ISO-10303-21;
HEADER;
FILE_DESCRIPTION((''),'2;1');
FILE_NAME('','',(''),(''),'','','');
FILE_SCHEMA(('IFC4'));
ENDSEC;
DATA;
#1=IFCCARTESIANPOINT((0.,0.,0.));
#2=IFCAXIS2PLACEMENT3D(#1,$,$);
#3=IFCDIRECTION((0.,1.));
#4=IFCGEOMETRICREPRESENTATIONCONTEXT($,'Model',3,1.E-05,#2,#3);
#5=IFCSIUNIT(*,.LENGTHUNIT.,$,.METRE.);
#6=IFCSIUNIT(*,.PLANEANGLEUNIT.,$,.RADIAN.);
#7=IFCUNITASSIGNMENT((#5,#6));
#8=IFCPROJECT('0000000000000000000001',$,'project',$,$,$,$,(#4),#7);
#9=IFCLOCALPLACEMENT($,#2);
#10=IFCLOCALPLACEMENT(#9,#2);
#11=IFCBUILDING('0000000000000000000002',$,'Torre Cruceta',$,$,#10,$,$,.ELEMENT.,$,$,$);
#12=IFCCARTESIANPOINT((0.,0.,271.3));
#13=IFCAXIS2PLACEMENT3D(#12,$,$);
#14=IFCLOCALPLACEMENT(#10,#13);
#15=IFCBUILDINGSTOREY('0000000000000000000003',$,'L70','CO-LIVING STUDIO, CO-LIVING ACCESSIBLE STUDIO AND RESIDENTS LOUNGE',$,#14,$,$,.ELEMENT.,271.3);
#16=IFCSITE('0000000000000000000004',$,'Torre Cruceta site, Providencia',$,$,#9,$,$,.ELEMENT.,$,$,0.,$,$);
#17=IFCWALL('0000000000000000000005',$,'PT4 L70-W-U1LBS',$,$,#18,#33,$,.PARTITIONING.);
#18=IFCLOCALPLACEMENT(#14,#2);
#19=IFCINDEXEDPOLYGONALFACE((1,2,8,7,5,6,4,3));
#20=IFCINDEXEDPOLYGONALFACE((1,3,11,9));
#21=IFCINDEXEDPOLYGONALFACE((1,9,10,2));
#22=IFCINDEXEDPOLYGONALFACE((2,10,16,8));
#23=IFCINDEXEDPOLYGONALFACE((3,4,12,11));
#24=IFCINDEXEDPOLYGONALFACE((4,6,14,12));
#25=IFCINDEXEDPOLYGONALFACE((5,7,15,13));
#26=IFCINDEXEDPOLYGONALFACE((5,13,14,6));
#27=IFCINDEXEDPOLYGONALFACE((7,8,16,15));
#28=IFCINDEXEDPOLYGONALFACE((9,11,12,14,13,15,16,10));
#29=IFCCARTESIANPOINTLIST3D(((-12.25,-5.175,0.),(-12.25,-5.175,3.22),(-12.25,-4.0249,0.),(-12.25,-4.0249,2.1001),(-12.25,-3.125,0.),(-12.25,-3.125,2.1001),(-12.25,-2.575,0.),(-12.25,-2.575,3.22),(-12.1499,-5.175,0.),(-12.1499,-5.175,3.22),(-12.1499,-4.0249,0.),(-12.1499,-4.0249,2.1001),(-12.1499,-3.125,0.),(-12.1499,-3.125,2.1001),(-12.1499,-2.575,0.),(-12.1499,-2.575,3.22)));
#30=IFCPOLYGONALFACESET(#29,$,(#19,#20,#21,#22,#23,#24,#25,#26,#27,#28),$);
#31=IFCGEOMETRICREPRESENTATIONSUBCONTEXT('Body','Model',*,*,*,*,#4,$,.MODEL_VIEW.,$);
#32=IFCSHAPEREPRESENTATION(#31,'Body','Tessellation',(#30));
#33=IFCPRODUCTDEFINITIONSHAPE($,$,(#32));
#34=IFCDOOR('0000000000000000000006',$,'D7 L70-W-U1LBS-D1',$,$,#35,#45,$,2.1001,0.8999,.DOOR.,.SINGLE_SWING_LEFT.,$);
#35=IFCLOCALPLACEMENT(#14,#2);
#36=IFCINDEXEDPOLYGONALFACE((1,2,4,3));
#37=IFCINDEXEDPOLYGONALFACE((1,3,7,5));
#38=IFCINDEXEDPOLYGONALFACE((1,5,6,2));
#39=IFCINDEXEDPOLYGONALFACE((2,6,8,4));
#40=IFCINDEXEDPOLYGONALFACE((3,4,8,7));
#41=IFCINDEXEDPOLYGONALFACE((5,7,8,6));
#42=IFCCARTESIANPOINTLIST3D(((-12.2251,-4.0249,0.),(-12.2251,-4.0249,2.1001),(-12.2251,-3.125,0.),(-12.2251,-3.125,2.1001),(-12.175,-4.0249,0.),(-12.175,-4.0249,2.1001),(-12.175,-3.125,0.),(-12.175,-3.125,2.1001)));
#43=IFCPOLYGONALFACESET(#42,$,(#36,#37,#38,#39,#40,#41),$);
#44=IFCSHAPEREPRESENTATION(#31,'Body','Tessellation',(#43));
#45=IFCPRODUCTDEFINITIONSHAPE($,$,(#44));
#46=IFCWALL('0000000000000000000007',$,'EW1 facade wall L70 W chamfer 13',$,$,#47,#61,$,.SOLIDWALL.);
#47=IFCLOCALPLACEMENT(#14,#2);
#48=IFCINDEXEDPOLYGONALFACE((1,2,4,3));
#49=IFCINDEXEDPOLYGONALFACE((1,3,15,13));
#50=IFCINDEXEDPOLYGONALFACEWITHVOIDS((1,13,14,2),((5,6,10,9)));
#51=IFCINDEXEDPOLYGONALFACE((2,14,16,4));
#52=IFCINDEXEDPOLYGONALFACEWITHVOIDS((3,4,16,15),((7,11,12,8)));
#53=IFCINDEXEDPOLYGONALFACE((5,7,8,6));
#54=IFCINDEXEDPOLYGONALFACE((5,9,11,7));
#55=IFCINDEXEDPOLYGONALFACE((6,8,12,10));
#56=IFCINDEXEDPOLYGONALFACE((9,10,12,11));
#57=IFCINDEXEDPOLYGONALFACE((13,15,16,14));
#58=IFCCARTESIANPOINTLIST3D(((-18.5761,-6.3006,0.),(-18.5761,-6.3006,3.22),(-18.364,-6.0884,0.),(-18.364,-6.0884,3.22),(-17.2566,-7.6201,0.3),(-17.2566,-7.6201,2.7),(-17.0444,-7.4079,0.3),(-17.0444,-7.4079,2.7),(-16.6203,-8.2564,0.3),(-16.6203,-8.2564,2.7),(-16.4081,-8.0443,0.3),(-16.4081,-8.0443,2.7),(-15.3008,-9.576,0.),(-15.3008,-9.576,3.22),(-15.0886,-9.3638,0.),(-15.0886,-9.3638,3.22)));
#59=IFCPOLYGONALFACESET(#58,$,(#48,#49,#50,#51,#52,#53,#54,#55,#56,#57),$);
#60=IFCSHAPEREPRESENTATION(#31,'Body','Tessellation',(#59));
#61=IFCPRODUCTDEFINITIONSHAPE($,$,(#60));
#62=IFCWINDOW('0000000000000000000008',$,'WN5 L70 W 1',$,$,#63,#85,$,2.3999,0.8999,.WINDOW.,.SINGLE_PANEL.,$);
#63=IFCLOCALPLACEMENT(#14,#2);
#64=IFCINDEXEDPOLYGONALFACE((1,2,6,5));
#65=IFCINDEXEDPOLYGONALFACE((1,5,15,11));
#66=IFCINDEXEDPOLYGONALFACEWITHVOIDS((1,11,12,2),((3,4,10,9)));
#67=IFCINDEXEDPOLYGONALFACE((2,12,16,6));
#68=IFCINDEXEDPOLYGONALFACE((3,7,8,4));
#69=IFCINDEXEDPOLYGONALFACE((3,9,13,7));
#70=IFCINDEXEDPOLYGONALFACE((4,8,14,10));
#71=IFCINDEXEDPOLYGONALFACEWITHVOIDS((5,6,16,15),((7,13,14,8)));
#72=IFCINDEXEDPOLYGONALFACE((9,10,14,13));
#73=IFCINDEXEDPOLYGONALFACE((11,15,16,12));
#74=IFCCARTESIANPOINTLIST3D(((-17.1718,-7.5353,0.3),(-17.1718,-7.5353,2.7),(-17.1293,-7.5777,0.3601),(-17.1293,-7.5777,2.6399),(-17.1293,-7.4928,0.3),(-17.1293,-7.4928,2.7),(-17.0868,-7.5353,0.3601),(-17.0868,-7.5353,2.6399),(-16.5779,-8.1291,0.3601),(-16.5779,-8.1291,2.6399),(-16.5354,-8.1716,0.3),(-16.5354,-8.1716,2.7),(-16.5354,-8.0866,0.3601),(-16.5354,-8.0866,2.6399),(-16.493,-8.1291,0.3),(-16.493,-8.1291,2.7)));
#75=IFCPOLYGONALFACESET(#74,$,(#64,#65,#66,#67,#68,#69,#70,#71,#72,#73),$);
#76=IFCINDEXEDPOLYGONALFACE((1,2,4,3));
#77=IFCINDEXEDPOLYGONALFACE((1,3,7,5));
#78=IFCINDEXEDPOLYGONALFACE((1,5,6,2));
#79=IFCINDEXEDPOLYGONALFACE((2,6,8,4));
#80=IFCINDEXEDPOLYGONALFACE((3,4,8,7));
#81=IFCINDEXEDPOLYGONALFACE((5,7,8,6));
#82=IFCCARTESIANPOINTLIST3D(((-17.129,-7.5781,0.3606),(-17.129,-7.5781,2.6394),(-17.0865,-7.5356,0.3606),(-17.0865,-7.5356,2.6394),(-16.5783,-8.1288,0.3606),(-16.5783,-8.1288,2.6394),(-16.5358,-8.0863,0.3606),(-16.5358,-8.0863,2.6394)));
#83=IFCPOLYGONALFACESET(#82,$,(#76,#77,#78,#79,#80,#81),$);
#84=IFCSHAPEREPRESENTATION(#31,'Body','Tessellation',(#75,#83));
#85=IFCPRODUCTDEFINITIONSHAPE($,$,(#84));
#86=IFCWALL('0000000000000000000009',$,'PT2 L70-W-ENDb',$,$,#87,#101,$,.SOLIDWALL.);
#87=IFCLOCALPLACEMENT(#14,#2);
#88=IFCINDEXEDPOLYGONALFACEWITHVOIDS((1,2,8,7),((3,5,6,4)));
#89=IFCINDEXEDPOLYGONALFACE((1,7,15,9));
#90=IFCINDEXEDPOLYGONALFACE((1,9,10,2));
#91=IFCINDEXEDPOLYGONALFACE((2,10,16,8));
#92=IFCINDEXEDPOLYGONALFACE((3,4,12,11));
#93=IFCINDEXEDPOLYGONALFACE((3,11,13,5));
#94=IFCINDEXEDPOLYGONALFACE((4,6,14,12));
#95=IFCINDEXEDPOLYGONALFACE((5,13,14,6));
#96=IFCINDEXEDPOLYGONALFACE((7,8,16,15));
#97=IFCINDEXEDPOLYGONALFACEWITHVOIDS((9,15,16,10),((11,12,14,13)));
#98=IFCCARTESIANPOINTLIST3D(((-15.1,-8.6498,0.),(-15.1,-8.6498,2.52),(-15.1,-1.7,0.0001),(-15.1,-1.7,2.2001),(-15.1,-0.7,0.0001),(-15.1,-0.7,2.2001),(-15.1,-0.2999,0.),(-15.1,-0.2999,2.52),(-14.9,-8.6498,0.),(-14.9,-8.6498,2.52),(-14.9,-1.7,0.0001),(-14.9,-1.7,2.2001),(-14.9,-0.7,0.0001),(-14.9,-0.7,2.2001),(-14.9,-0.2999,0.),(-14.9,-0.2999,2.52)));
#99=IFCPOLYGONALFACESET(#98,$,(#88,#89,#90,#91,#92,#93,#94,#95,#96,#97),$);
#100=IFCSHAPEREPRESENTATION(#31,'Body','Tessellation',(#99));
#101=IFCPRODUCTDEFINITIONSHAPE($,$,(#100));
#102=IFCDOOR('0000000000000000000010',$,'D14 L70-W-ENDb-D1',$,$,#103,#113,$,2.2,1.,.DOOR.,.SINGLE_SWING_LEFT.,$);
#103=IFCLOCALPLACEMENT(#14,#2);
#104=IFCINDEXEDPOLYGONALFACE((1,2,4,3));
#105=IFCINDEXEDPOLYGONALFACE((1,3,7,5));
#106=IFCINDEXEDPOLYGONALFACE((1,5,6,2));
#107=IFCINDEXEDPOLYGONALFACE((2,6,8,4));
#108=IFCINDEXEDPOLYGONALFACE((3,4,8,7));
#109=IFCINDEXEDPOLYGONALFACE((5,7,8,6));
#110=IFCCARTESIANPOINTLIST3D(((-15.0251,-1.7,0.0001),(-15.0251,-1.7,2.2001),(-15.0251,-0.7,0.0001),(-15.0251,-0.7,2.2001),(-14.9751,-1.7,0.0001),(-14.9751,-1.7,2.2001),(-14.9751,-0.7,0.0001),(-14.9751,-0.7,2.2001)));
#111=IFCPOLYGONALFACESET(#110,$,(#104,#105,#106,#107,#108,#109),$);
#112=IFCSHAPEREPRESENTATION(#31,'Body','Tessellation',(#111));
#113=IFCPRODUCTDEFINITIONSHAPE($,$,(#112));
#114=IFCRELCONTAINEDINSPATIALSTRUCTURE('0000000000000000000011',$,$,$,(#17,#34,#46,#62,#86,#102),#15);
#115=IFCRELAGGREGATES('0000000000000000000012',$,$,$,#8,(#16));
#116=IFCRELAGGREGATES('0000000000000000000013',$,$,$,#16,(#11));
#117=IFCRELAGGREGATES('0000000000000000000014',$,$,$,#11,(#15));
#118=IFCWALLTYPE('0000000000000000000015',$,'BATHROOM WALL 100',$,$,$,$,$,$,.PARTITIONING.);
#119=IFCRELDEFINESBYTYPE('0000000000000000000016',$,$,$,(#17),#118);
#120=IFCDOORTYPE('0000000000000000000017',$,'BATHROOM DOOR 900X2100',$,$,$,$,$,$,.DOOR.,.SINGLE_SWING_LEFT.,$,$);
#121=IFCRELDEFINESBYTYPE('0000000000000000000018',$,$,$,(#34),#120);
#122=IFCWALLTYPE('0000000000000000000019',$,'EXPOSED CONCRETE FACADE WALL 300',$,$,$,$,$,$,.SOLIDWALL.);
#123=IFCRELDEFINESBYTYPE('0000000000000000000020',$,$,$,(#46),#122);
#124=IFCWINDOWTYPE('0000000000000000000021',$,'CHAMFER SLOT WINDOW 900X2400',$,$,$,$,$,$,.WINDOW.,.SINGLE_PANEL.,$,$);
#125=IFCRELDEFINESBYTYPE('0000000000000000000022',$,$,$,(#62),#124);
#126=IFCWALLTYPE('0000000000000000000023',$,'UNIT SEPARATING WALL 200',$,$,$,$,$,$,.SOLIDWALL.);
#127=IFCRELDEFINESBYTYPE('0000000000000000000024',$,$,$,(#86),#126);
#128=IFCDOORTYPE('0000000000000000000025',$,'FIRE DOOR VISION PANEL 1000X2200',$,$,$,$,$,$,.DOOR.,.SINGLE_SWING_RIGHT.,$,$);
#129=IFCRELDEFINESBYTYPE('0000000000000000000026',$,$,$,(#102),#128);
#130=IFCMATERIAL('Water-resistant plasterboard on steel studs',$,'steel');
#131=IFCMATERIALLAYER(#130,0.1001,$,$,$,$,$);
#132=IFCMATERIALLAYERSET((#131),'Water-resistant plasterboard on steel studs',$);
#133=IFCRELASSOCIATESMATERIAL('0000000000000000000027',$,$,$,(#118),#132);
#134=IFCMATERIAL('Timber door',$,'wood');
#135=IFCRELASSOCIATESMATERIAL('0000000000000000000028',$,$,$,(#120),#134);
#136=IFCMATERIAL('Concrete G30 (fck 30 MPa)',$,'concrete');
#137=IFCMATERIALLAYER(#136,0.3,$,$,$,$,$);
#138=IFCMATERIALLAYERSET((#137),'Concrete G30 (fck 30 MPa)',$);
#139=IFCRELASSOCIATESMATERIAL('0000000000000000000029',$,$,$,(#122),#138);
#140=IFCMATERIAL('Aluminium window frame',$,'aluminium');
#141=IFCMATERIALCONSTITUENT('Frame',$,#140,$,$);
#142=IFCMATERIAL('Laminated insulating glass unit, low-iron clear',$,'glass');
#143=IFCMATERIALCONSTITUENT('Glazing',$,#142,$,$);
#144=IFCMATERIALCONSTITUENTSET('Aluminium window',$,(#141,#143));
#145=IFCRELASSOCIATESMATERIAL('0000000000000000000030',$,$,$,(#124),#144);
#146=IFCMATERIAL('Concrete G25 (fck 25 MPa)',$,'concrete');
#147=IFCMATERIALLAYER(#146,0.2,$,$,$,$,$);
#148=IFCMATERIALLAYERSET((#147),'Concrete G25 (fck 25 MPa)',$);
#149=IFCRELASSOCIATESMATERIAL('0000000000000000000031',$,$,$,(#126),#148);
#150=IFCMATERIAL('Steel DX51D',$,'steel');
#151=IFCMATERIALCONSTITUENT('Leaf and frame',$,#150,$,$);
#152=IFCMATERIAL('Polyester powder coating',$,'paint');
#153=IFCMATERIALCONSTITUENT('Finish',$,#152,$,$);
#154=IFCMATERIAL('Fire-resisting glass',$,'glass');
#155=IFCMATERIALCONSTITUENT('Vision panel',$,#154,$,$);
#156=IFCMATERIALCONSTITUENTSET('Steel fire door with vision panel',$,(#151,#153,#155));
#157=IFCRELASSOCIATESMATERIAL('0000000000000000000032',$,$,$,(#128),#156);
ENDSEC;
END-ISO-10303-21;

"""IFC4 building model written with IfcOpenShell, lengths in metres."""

from ifc_helpers import new_model, si_unit, direction, frame, frame_2d, origin, place, context, subcontext, project, spatial, rectangle, hollow_rectangle, extrude, material, layer, layer_set, constituent, constituent_set, type_object, element, fill, save


model = new_model("IFC4")

# Units and contexts
model_context = context("Model", 3, precision=1e-05, world=origin(), true_north=direction((0.0, 1.0)))
body_context = subcontext(model_context, "Body", "Model", "MODEL_VIEW")
ifc_project = project(units=[si_unit("LENGTHUNIT", "METRE"), si_unit("PLANEANGLEUNIT", "RADIAN")], contexts=[model_context])

# Site, building, storey
site_placement = place(None, origin())
site = spatial("IfcSite", under=ifc_project, at=site_placement, Name="Torre Cruceta site, Providencia", CompositionType="ELEMENT", RefElevation=0.0)
building_placement = place(site_placement, origin())
building = spatial("IfcBuilding", under=site, at=building_placement, Name="Torre Cruceta", CompositionType="ELEMENT")
storey_placement = place(building_placement, frame((0.0, 0.0, 271.3)))
storey = spatial("IfcBuildingStorey", under=building, at=storey_placement, Name="L70", Description="CO-LIVING STUDIO, CO-LIVING ACCESSIBLE STUDIO AND RESIDENTS LOUNGE", CompositionType="ELEMENT", Elevation=271.3)

# Shared definitions
ifc_material_1 = material(Name="Water-resistant plasterboard on steel studs", Category="steel")
ifc_layer_1 = layer(ifc_material_1, 0.1001)
ifc_layer_set_1 = layer_set([ifc_layer_1], Name="Water-resistant plasterboard on steel studs")
wall_type_1 = type_object("IfcWallType", Name="BATHROOM WALL 100", PredefinedType="PARTITIONING", material=ifc_layer_set_1)

# Wall, opening, door
wall_1_placement = place(storey_placement, frame((-12.2, -2.575, 0.0), z_axis=(0.0, 0.0, 1.0), x_axis=(0.0, -1.0, 0.0)))
wall_1 = element("IfcWall", 1, at=wall_1_placement, inside=storey, type_object=wall_type_1, Name="PT4 L70-W-U1LBS", PredefinedType="PARTITIONING", context=body_context, shape_type="SweptSolid", body=[
    extrude(rectangle(XDim=2.6001, YDim=0.1001, at=frame_2d((1.3, 0.0))), origin(), (0.0, 0.0, 1.0), 3.22),
])
opening_1_placement = place(wall_1_placement, frame((0.55, 0.0, 0.0)))
opening_1 = element("IfcOpeningElement", 2, at=opening_1_placement, cuts=wall_1, PredefinedType="OPENING", context=body_context, shape_type="SweptSolid", body=[
    extrude(rectangle(XDim=0.8999, YDim=2.1001, at=frame_2d((0.45, 1.05))), frame((0.0, 0.0601, 0.0), z_axis=(0.0, -1.0, 0.0), x_axis=(1.0, 0.0, 0.0)), (0.0, 0.0, 1.0), 0.1201),
])
ifc_material_2 = material(Name="Timber door", Category="wood")
door_type_1 = type_object("IfcDoorType", Name="BATHROOM DOOR 900X2100", OperationType="SINGLE_SWING_LEFT", PredefinedType="DOOR", material=ifc_material_2)
door_1_placement = place(opening_1_placement, origin())
door_1 = element("IfcDoor", 3, at=door_1_placement, inside=storey, type_object=door_type_1, Name="D7 L70-W-U1LBS-D1", OperationType="SINGLE_SWING_LEFT", OverallHeight=2.1001, OverallWidth=0.8999, PredefinedType="DOOR", context=body_context, shape_type="SweptSolid", body=[
    extrude(rectangle(XDim=0.8999, YDim=2.1001, at=frame_2d((0.45, 1.05))), frame((0.0, 0.0249, 0.0), z_axis=(0.0, -1.0, 0.0), x_axis=(1.0, 0.0, 0.0)), (0.0, 0.0, 1.0), 0.05),
])
fill(opening_1, door_1)

# Wall, opening, window
ifc_material_3 = material(Name="Concrete G30 (fck 30 MPa)", Category="concrete")
ifc_layer_2 = layer(ifc_material_3, 0.3)
ifc_layer_set_2 = layer_set([ifc_layer_2], Name="Concrete G30 (fck 30 MPa)")
wall_type_2 = type_object("IfcWallType", Name="EXPOSED CONCRETE FACADE WALL 300", PredefinedType="SOLIDWALL", material=ifc_layer_set_2)
wall_2_placement = place(storey_placement, frame((-18.47, -6.1946, 0.0), z_axis=(0.0, 0.0, 1.0), x_axis=(0.707107, -0.707107, 0.0)))
wall_2 = element("IfcWall", 4, at=wall_2_placement, inside=storey, type_object=wall_type_2, Name="EW1 facade wall L70 W chamfer 13", PredefinedType="SOLIDWALL", context=body_context, shape_type="SweptSolid", body=[
    extrude(rectangle(XDim=4.6321, YDim=0.3, at=frame_2d((2.3159, 0.0))), origin(), (0.0, 0.0, 1.0), 3.22),
])
opening_2_placement = place(wall_2_placement, frame((1.866, 0.0, 0.3)))
opening_2 = element("IfcOpeningElement", 5, at=opening_2_placement, cuts=wall_2, PredefinedType="OPENING", context=body_context, shape_type="SweptSolid", body=[
    extrude(rectangle(XDim=0.8999, YDim=2.3999, at=frame_2d((0.45, 1.2))), frame((0.0, 0.1599, 0.0), z_axis=(0.0, -1.0, 0.0), x_axis=(1.0, 0.0, 0.0)), (0.0, 0.0, 1.0), 0.3201),
])
ifc_material_4 = material(Name="Aluminium window frame", Category="aluminium")
ifc_constituent_1 = constituent(ifc_material_4, Name="Frame")
ifc_material_5 = material(Name="Laminated insulating glass unit, low-iron clear", Category="glass")
ifc_constituent_2 = constituent(ifc_material_5, Name="Glazing")
ifc_constituent_set_1 = constituent_set(constituents=[ifc_constituent_1, ifc_constituent_2], Name="Aluminium window")
window_type = type_object("IfcWindowType", Name="CHAMFER SLOT WINDOW 900X2400", PartitioningType="SINGLE_PANEL", PredefinedType="WINDOW", material=ifc_constituent_set_1)
window_placement = place(opening_2_placement, origin())
window = element("IfcWindow", 6, at=window_placement, inside=storey, type_object=window_type, Name="WN5 L70 W 1", OverallHeight=2.3999, OverallWidth=0.8999, PartitioningType="SINGLE_PANEL", PredefinedType="WINDOW", context=body_context, shape_type="SweptSolid", body=[
    extrude(hollow_rectangle(XDim=0.8999, YDim=2.3999, WallThickness=0.0601, at=frame_2d((0.45, 1.2))), frame((0.0, 0.03, 0.0), z_axis=(0.0, -1.0, 0.0), x_axis=(1.0, 0.0, 0.0)), (0.0, 0.0, 1.0), 0.0601),
    extrude(rectangle(XDim=0.7788, YDim=2.2788, at=frame_2d((0.45, 1.2))), frame((0.0, 0.03, 0.0), z_axis=(0.0, -1.0, 0.0), x_axis=(1.0, 0.0, 0.0)), (0.0, 0.0, 1.0), 0.0601),
])
fill(opening_2, window)

# Wall, opening, door
ifc_material_6 = material(Name="Concrete G25 (fck 25 MPa)", Category="concrete")
ifc_layer_3 = layer(ifc_material_6, 0.2)
ifc_layer_set_3 = layer_set([ifc_layer_3], Name="Concrete G25 (fck 25 MPa)")
wall_type_3 = type_object("IfcWallType", Name="UNIT SEPARATING WALL 200", PredefinedType="SOLIDWALL", material=ifc_layer_set_3)
wall_3_placement = place(storey_placement, frame((-15.0, -0.3, 0.0), z_axis=(0.0, 0.0, 1.0), x_axis=(0.0, -1.0, 0.0)))
wall_3 = element("IfcWall", 7, at=wall_3_placement, inside=storey, type_object=wall_type_3, Name="PT2 L70-W-ENDb", PredefinedType="SOLIDWALL", context=body_context, shape_type="SweptSolid", body=[
    extrude(rectangle(XDim=8.3499, YDim=0.2, at=frame_2d((4.1748, 0.0))), origin(), (0.0, 0.0, 1.0), 2.52),
])
opening_3_placement = place(wall_3_placement, frame((0.3999, 0.0, 0.0)))
opening_3 = element("IfcOpeningElement", 8, at=opening_3_placement, cuts=wall_3, PredefinedType="OPENING", context=body_context, shape_type="SweptSolid", body=[
    extrude(rectangle(XDim=1.0, YDim=2.2, at=frame_2d((0.5, 1.1001))), frame((0.0, 0.1099, 0.0), z_axis=(0.0, -1.0, 0.0), x_axis=(1.0, 0.0, 0.0)), (0.0, 0.0, 1.0), 0.22),
])
ifc_material_7 = material(Name="Steel DX51D", Category="steel")
ifc_constituent_3 = constituent(ifc_material_7, Name="Leaf and frame")
ifc_material_8 = material(Name="Polyester powder coating", Category="paint")
ifc_constituent_4 = constituent(ifc_material_8, Name="Finish")
ifc_material_9 = material(Name="Fire-resisting glass", Category="glass")
ifc_constituent_5 = constituent(ifc_material_9, Name="Vision panel")
ifc_constituent_set_2 = constituent_set(constituents=[ifc_constituent_3, ifc_constituent_4, ifc_constituent_5], Name="Steel fire door with vision panel")
door_type_2 = type_object("IfcDoorType", Name="FIRE DOOR VISION PANEL 1000X2200", OperationType="SINGLE_SWING_RIGHT", PredefinedType="DOOR", material=ifc_constituent_set_2)
door_2_placement = place(opening_3_placement, frame((1.0, 0.0, 0.0), z_axis=(0.0, 0.0, 1.0), x_axis=(-1.0, 0.0, 0.0)))
door_2 = element("IfcDoor", 9, at=door_2_placement, inside=storey, type_object=door_type_2, Name="D14 L70-W-ENDb-D1", OperationType="SINGLE_SWING_LEFT", OverallHeight=2.2, OverallWidth=1.0, PredefinedType="DOOR", context=body_context, shape_type="SweptSolid", body=[
    extrude(rectangle(XDim=1.0, YDim=2.2, at=frame_2d((0.5, 1.1001))), frame((0.0, 0.0251, 0.0), z_axis=(0.0, -1.0, 0.0), x_axis=(1.0, 0.0, 0.0)), (0.0, 0.0, 1.0), 0.05),
])
fill(opening_3, door_2)

save(model, "model.ifc")
